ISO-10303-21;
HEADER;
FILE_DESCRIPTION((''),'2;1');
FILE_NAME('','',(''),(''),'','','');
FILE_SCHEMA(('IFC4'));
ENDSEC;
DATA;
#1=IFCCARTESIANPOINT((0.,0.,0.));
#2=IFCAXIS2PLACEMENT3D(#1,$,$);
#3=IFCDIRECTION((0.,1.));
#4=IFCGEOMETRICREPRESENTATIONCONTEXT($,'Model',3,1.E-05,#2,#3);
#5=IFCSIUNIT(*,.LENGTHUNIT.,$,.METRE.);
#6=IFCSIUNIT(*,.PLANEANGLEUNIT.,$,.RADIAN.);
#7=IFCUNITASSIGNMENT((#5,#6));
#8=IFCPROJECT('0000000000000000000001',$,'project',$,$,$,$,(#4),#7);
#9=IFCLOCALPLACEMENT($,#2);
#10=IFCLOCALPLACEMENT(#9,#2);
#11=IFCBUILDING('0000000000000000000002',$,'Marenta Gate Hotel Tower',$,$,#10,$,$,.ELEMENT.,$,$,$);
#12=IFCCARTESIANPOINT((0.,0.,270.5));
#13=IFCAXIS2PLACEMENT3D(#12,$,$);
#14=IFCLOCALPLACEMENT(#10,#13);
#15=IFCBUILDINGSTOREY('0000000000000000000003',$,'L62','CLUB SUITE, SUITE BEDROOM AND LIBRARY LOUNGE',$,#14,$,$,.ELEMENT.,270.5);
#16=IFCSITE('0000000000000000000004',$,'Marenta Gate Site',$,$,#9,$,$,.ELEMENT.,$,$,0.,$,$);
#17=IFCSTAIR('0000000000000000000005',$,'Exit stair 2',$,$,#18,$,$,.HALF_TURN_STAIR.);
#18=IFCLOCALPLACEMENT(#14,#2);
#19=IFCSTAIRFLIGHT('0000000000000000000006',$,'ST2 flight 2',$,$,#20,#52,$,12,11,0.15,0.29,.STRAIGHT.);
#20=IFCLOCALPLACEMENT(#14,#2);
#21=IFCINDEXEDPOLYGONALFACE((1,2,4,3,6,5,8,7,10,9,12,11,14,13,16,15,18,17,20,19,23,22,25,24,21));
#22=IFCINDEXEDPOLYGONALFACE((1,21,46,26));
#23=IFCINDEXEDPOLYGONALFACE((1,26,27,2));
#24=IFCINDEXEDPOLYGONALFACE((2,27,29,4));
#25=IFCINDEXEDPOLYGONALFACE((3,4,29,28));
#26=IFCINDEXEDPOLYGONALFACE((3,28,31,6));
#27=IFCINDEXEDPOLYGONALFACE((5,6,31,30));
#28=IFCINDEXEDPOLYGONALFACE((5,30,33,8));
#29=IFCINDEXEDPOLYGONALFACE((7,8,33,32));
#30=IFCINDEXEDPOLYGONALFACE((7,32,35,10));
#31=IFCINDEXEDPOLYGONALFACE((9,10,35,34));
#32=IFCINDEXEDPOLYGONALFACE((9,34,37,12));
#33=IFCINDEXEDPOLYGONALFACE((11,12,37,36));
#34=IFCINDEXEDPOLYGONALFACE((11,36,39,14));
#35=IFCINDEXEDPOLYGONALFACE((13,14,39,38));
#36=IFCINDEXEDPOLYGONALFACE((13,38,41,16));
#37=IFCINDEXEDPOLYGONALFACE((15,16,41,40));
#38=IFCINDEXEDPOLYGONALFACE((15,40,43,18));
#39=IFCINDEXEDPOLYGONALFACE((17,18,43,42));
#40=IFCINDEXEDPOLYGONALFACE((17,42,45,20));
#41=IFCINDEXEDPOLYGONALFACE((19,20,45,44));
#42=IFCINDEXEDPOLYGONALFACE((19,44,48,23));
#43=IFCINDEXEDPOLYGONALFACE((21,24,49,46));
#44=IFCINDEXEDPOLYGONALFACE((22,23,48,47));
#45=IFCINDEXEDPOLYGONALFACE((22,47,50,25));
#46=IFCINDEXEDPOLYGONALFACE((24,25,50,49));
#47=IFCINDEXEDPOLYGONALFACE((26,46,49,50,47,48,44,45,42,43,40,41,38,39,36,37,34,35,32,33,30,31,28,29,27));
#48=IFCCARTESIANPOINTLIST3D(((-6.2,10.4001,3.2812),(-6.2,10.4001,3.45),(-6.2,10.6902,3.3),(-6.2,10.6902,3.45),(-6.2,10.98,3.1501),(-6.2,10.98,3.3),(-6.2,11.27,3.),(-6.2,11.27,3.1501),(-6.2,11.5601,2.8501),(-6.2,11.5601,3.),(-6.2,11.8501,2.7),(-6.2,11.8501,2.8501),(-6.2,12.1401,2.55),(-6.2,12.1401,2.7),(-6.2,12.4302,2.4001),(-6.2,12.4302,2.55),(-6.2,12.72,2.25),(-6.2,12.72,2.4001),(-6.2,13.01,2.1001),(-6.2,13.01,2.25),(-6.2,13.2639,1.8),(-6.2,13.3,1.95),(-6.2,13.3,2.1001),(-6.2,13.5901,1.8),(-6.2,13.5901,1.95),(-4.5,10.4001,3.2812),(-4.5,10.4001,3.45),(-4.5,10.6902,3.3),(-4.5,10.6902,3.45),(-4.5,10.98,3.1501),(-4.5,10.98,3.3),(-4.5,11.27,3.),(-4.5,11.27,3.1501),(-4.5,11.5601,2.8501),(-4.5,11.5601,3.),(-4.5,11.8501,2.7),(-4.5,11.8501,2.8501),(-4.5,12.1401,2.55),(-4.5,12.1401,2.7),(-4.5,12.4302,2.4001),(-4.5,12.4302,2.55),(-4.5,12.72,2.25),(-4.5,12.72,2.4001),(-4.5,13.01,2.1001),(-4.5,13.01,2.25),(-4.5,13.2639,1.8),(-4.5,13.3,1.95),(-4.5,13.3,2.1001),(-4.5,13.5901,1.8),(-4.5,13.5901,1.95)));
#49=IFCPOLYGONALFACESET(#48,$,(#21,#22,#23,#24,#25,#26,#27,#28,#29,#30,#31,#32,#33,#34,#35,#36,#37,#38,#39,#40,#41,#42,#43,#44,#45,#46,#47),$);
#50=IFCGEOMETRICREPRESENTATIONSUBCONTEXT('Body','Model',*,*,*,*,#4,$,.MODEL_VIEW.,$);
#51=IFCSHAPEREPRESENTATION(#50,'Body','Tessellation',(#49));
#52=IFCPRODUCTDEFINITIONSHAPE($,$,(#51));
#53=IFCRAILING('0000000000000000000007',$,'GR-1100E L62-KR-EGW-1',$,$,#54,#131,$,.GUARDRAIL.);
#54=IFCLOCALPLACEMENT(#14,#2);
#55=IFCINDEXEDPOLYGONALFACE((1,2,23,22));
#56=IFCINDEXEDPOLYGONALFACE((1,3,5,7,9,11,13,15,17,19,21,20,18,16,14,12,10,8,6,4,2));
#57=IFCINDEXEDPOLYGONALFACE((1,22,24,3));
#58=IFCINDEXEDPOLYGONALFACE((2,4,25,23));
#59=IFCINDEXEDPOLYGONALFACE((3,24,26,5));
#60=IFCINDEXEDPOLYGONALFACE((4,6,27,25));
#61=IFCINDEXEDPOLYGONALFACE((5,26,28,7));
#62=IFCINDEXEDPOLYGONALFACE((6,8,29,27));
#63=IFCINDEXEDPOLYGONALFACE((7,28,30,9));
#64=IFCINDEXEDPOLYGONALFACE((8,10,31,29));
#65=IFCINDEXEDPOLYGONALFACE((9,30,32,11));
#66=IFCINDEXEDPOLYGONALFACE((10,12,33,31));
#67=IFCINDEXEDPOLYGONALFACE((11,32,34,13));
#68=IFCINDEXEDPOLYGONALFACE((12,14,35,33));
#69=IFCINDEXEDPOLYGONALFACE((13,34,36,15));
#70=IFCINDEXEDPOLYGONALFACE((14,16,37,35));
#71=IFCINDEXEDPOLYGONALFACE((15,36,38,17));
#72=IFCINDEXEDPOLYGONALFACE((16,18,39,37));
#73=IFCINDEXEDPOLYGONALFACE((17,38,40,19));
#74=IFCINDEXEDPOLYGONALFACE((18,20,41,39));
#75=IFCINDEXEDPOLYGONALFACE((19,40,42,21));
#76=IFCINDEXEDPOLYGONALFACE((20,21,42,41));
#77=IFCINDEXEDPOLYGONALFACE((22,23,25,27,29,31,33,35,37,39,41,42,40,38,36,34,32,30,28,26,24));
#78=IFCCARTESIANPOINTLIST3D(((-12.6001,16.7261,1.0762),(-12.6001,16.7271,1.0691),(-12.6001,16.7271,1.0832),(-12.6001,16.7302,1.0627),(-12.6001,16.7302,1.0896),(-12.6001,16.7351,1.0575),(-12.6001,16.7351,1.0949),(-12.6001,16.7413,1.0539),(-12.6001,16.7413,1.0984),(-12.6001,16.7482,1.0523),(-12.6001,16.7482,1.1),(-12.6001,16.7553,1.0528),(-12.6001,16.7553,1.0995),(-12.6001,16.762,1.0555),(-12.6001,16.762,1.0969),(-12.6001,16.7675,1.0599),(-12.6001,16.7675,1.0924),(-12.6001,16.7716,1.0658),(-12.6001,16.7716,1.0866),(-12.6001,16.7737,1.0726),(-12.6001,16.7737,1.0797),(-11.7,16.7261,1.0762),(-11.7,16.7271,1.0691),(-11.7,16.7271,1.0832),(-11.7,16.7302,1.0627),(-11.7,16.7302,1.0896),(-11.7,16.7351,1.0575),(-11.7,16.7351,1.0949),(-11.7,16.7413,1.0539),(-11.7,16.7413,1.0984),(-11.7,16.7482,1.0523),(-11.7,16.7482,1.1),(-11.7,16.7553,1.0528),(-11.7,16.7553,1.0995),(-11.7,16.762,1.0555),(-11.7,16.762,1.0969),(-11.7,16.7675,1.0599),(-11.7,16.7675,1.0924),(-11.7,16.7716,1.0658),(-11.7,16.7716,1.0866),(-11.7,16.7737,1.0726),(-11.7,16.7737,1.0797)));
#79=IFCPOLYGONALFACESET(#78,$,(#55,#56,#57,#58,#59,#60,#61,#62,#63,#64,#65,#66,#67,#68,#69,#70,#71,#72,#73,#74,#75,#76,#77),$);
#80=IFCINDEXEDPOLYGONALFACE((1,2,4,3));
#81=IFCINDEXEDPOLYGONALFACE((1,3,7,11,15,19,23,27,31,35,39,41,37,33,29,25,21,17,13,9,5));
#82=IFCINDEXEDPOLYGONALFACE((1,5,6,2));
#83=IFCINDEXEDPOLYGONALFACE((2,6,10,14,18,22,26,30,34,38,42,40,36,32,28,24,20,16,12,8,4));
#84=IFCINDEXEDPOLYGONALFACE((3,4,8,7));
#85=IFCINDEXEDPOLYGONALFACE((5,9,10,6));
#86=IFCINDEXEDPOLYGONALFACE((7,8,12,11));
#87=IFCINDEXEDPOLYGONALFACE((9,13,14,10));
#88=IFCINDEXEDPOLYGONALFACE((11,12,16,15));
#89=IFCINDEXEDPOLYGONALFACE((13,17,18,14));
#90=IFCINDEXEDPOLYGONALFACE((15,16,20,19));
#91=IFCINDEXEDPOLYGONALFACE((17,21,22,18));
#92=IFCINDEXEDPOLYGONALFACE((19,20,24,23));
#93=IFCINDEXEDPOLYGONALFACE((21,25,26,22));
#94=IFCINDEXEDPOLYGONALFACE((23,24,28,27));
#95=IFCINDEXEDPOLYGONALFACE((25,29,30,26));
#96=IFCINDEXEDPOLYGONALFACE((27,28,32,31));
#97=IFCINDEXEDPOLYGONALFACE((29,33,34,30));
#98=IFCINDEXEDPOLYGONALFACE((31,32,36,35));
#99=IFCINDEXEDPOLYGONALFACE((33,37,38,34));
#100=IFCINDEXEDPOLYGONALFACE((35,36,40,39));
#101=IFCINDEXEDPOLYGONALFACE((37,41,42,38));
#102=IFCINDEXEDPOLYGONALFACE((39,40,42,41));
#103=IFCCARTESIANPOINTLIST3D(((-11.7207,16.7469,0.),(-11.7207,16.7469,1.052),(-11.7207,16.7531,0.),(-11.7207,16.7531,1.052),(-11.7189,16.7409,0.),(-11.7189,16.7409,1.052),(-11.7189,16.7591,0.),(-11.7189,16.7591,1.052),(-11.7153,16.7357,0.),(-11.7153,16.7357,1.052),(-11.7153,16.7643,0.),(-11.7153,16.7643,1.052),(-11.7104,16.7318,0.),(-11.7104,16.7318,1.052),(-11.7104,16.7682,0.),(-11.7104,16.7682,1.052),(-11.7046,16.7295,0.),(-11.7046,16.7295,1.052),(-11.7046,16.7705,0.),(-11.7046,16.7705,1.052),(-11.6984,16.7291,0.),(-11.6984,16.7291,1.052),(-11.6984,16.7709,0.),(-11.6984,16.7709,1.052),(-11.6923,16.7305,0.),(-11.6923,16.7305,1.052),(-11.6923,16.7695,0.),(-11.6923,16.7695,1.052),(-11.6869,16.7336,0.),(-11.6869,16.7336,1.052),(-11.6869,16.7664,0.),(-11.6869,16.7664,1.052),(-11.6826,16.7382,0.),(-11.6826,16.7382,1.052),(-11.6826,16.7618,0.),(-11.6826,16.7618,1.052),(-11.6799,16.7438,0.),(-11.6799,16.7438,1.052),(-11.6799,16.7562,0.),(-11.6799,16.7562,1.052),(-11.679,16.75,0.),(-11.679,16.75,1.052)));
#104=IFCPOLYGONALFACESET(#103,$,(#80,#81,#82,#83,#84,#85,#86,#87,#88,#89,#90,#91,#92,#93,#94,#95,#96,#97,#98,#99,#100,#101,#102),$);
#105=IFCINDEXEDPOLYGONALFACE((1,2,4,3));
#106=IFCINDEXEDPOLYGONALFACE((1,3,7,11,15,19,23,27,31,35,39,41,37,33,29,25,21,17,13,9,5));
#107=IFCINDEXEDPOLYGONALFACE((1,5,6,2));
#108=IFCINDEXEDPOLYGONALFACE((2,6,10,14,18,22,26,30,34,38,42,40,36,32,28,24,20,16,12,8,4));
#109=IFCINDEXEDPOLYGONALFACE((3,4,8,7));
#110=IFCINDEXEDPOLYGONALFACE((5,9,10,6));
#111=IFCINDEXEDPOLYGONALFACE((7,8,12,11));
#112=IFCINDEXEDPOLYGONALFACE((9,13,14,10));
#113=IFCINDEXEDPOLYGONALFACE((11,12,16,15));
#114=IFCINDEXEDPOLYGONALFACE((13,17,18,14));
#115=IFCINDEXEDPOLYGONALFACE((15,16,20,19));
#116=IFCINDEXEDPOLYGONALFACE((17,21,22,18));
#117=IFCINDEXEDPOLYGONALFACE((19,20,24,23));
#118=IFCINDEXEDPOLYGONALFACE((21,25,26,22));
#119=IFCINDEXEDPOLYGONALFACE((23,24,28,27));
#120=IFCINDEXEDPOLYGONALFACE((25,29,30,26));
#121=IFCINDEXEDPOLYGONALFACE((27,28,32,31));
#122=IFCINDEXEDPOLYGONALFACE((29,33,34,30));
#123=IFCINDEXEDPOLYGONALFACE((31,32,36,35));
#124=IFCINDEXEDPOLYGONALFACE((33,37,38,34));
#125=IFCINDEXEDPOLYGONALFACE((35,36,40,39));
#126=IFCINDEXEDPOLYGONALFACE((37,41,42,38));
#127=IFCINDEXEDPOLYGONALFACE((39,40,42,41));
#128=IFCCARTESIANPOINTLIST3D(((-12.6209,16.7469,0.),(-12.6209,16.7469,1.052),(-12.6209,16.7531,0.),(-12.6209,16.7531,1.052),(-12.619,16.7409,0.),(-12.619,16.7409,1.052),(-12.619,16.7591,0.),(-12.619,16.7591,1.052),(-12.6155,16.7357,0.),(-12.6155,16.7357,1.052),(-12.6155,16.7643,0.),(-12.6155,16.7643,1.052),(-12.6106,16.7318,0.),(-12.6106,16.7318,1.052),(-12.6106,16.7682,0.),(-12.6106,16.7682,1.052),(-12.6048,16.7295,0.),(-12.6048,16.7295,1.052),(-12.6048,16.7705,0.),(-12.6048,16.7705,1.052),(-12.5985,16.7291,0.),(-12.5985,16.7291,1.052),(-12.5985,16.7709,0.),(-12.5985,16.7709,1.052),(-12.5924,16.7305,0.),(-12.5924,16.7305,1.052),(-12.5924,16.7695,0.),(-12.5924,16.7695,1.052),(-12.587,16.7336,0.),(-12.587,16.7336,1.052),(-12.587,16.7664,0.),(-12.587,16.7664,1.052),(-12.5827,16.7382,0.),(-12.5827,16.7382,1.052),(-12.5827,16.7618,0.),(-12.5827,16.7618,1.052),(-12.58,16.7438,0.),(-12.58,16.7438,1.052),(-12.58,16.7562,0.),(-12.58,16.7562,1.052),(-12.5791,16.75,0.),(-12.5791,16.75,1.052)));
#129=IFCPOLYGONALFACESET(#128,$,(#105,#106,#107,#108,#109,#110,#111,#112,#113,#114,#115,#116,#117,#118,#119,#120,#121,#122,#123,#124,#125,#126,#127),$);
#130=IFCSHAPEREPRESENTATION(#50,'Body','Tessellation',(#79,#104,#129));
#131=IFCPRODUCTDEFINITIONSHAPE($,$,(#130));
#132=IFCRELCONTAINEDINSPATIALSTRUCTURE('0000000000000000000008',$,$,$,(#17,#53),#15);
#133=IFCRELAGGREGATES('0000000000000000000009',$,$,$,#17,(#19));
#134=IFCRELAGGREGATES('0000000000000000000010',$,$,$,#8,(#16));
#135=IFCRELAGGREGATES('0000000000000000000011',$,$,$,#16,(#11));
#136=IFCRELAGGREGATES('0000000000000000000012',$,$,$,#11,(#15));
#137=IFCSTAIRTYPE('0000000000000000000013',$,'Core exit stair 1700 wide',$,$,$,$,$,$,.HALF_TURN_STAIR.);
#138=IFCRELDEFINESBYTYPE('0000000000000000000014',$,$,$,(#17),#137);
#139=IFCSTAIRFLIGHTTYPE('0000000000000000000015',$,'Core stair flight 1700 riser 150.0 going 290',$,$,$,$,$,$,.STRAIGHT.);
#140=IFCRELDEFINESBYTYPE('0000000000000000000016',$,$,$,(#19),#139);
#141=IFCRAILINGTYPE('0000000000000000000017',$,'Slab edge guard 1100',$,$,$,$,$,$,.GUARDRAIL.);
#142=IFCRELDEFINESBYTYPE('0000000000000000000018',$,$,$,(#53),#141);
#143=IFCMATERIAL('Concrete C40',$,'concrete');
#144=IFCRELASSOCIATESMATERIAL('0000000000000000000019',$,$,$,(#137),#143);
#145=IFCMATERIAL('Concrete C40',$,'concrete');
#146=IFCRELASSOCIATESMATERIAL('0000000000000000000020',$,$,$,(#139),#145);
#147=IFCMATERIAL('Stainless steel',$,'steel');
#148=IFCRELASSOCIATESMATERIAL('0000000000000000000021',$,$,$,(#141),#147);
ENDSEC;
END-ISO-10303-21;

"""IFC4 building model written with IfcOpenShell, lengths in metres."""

from ifc_helpers import new_model, si_unit, direction, frame, origin, origin_2d, place, context, subcontext, project, spatial, polyline, circle, outline, extrude, material, type_object, element, aggregate, save


model = new_model("IFC4")

# Units and contexts
model_context = context("Model", 3, precision=1e-05, world=origin(), true_north=direction((0.0, 1.0)))
body_context = subcontext(model_context, "Body", "Model", "MODEL_VIEW")
ifc_project = project(units=[si_unit("LENGTHUNIT", "METRE"), si_unit("PLANEANGLEUNIT", "RADIAN")], contexts=[model_context])

# Site, building, storey
site_placement = place(None, origin())
site = spatial("IfcSite", under=ifc_project, at=site_placement, Name="Marenta Gate Site", CompositionType="ELEMENT", RefElevation=0.0)
building_placement = place(site_placement, origin())
building = spatial("IfcBuilding", under=site, at=building_placement, Name="Marenta Gate Hotel Tower", CompositionType="ELEMENT")
storey_placement = place(building_placement, frame((0.0, 0.0, 270.5)))
storey = spatial("IfcBuildingStorey", under=building, at=storey_placement, Name="L62", Description="CLUB SUITE, SUITE BEDROOM AND LIBRARY LOUNGE", CompositionType="ELEMENT", Elevation=270.5)

# Stair, stair flight
ifc_material_1 = material(Name="Concrete C40", Category="concrete")
stair_type = type_object("IfcStairType", Name="Core exit stair 1700 wide", PredefinedType="HALF_TURN_STAIR", material=ifc_material_1)
stair_placement = place(storey_placement, origin())
stair = element("IfcStair", 1, at=stair_placement, inside=storey, type_object=stair_type, Name="Exit stair 2", PredefinedType="HALF_TURN_STAIR")
ifc_material_2 = material(Name="Concrete C40", Category="concrete")
stair_flight_type = type_object("IfcStairFlightType", Name="Core stair flight 1700 riser 150.0 going 290", PredefinedType="STRAIGHT", material=ifc_material_2)
stair_flight_1_placement = place(storey_placement, frame((-5.3501, 13.5901, 1.8), z_axis=(0.0, 0.0, 1.0), x_axis=(0.0, -1.0, 0.0)))
stair_flight_1 = element("IfcStairFlight", 2, at=stair_flight_1_placement, type_object=stair_flight_type, Name="ST2 flight 2", NumberOfRisers=12, NumberOfTreads=11, PredefinedType="STRAIGHT", RiserHeight=0.15, TreadLength=0.29, context=body_context, shape_type="SweptSolid", body=[
    extrude(outline(polyline([(0.0, 0.0), (0.0, 0.1499), (0.29, 0.1499), (0.29, 0.3), (0.5801, 0.3), (0.5801, 0.45), (0.8701, 0.45), (0.8701, 0.6001), (1.1599, 0.6001), (1.1599, 0.75), (1.45, 0.75), (1.45, 0.8999), (1.74, 0.8999), (1.74, 1.05), (2.03, 1.05), (2.03, 1.2), (2.3201, 1.2), (2.3201, 1.3501), (2.6101, 1.3501), (2.6101, 1.5), (2.8999, 1.5), (2.8999, 1.6499), (3.1899, 1.6499), (3.1899, 1.8), (3.1899, 1.4812), (0.3262, 0.0), (0.0, 0.0)])), frame((0.0, 0.8501, 0.0), z_axis=(0.0, -1.0, 0.0), x_axis=(1.0, 0.0, 0.0)), (0.0, 0.0, 1.0), 1.7),
])
aggregate(stair, [stair_flight_1])

# Railing
ifc_material_3 = material(Name="Stainless steel", Category="steel")
railing_type_1 = type_object("IfcRailingType", Name="Slab edge guard 1100", PredefinedType="GUARDRAIL", material=ifc_material_3)
railing_1_placement = place(storey_placement, frame((-11.7, 16.75, 0.0)))
element("IfcRailing", 3, at=railing_1_placement, inside=storey, type_object=railing_type_1, Name="GR-1100E L62-KR-EGW-1", PredefinedType="GUARDRAIL", context=body_context, shape_type="SweptSolid", body=[
    extrude(circle(Radius=0.0239, at=origin_2d()), frame((0.0, 0.0, 1.0762), z_axis=(-1.0, 0.0, 0.0), x_axis=(0.0, -1.0, 0.0)), (0.0, 0.0, 1.0), 0.9001),
    extrude(circle(Radius=0.021, at=origin_2d()), origin(), (0.0, 0.0, 1.0), 1.052),
    extrude(circle(Radius=0.021, at=origin_2d()), frame((-0.9001, 0.0, 0.0)), (0.0, 0.0, 1.0), 1.052),
])

save(model, "model.ifc")
